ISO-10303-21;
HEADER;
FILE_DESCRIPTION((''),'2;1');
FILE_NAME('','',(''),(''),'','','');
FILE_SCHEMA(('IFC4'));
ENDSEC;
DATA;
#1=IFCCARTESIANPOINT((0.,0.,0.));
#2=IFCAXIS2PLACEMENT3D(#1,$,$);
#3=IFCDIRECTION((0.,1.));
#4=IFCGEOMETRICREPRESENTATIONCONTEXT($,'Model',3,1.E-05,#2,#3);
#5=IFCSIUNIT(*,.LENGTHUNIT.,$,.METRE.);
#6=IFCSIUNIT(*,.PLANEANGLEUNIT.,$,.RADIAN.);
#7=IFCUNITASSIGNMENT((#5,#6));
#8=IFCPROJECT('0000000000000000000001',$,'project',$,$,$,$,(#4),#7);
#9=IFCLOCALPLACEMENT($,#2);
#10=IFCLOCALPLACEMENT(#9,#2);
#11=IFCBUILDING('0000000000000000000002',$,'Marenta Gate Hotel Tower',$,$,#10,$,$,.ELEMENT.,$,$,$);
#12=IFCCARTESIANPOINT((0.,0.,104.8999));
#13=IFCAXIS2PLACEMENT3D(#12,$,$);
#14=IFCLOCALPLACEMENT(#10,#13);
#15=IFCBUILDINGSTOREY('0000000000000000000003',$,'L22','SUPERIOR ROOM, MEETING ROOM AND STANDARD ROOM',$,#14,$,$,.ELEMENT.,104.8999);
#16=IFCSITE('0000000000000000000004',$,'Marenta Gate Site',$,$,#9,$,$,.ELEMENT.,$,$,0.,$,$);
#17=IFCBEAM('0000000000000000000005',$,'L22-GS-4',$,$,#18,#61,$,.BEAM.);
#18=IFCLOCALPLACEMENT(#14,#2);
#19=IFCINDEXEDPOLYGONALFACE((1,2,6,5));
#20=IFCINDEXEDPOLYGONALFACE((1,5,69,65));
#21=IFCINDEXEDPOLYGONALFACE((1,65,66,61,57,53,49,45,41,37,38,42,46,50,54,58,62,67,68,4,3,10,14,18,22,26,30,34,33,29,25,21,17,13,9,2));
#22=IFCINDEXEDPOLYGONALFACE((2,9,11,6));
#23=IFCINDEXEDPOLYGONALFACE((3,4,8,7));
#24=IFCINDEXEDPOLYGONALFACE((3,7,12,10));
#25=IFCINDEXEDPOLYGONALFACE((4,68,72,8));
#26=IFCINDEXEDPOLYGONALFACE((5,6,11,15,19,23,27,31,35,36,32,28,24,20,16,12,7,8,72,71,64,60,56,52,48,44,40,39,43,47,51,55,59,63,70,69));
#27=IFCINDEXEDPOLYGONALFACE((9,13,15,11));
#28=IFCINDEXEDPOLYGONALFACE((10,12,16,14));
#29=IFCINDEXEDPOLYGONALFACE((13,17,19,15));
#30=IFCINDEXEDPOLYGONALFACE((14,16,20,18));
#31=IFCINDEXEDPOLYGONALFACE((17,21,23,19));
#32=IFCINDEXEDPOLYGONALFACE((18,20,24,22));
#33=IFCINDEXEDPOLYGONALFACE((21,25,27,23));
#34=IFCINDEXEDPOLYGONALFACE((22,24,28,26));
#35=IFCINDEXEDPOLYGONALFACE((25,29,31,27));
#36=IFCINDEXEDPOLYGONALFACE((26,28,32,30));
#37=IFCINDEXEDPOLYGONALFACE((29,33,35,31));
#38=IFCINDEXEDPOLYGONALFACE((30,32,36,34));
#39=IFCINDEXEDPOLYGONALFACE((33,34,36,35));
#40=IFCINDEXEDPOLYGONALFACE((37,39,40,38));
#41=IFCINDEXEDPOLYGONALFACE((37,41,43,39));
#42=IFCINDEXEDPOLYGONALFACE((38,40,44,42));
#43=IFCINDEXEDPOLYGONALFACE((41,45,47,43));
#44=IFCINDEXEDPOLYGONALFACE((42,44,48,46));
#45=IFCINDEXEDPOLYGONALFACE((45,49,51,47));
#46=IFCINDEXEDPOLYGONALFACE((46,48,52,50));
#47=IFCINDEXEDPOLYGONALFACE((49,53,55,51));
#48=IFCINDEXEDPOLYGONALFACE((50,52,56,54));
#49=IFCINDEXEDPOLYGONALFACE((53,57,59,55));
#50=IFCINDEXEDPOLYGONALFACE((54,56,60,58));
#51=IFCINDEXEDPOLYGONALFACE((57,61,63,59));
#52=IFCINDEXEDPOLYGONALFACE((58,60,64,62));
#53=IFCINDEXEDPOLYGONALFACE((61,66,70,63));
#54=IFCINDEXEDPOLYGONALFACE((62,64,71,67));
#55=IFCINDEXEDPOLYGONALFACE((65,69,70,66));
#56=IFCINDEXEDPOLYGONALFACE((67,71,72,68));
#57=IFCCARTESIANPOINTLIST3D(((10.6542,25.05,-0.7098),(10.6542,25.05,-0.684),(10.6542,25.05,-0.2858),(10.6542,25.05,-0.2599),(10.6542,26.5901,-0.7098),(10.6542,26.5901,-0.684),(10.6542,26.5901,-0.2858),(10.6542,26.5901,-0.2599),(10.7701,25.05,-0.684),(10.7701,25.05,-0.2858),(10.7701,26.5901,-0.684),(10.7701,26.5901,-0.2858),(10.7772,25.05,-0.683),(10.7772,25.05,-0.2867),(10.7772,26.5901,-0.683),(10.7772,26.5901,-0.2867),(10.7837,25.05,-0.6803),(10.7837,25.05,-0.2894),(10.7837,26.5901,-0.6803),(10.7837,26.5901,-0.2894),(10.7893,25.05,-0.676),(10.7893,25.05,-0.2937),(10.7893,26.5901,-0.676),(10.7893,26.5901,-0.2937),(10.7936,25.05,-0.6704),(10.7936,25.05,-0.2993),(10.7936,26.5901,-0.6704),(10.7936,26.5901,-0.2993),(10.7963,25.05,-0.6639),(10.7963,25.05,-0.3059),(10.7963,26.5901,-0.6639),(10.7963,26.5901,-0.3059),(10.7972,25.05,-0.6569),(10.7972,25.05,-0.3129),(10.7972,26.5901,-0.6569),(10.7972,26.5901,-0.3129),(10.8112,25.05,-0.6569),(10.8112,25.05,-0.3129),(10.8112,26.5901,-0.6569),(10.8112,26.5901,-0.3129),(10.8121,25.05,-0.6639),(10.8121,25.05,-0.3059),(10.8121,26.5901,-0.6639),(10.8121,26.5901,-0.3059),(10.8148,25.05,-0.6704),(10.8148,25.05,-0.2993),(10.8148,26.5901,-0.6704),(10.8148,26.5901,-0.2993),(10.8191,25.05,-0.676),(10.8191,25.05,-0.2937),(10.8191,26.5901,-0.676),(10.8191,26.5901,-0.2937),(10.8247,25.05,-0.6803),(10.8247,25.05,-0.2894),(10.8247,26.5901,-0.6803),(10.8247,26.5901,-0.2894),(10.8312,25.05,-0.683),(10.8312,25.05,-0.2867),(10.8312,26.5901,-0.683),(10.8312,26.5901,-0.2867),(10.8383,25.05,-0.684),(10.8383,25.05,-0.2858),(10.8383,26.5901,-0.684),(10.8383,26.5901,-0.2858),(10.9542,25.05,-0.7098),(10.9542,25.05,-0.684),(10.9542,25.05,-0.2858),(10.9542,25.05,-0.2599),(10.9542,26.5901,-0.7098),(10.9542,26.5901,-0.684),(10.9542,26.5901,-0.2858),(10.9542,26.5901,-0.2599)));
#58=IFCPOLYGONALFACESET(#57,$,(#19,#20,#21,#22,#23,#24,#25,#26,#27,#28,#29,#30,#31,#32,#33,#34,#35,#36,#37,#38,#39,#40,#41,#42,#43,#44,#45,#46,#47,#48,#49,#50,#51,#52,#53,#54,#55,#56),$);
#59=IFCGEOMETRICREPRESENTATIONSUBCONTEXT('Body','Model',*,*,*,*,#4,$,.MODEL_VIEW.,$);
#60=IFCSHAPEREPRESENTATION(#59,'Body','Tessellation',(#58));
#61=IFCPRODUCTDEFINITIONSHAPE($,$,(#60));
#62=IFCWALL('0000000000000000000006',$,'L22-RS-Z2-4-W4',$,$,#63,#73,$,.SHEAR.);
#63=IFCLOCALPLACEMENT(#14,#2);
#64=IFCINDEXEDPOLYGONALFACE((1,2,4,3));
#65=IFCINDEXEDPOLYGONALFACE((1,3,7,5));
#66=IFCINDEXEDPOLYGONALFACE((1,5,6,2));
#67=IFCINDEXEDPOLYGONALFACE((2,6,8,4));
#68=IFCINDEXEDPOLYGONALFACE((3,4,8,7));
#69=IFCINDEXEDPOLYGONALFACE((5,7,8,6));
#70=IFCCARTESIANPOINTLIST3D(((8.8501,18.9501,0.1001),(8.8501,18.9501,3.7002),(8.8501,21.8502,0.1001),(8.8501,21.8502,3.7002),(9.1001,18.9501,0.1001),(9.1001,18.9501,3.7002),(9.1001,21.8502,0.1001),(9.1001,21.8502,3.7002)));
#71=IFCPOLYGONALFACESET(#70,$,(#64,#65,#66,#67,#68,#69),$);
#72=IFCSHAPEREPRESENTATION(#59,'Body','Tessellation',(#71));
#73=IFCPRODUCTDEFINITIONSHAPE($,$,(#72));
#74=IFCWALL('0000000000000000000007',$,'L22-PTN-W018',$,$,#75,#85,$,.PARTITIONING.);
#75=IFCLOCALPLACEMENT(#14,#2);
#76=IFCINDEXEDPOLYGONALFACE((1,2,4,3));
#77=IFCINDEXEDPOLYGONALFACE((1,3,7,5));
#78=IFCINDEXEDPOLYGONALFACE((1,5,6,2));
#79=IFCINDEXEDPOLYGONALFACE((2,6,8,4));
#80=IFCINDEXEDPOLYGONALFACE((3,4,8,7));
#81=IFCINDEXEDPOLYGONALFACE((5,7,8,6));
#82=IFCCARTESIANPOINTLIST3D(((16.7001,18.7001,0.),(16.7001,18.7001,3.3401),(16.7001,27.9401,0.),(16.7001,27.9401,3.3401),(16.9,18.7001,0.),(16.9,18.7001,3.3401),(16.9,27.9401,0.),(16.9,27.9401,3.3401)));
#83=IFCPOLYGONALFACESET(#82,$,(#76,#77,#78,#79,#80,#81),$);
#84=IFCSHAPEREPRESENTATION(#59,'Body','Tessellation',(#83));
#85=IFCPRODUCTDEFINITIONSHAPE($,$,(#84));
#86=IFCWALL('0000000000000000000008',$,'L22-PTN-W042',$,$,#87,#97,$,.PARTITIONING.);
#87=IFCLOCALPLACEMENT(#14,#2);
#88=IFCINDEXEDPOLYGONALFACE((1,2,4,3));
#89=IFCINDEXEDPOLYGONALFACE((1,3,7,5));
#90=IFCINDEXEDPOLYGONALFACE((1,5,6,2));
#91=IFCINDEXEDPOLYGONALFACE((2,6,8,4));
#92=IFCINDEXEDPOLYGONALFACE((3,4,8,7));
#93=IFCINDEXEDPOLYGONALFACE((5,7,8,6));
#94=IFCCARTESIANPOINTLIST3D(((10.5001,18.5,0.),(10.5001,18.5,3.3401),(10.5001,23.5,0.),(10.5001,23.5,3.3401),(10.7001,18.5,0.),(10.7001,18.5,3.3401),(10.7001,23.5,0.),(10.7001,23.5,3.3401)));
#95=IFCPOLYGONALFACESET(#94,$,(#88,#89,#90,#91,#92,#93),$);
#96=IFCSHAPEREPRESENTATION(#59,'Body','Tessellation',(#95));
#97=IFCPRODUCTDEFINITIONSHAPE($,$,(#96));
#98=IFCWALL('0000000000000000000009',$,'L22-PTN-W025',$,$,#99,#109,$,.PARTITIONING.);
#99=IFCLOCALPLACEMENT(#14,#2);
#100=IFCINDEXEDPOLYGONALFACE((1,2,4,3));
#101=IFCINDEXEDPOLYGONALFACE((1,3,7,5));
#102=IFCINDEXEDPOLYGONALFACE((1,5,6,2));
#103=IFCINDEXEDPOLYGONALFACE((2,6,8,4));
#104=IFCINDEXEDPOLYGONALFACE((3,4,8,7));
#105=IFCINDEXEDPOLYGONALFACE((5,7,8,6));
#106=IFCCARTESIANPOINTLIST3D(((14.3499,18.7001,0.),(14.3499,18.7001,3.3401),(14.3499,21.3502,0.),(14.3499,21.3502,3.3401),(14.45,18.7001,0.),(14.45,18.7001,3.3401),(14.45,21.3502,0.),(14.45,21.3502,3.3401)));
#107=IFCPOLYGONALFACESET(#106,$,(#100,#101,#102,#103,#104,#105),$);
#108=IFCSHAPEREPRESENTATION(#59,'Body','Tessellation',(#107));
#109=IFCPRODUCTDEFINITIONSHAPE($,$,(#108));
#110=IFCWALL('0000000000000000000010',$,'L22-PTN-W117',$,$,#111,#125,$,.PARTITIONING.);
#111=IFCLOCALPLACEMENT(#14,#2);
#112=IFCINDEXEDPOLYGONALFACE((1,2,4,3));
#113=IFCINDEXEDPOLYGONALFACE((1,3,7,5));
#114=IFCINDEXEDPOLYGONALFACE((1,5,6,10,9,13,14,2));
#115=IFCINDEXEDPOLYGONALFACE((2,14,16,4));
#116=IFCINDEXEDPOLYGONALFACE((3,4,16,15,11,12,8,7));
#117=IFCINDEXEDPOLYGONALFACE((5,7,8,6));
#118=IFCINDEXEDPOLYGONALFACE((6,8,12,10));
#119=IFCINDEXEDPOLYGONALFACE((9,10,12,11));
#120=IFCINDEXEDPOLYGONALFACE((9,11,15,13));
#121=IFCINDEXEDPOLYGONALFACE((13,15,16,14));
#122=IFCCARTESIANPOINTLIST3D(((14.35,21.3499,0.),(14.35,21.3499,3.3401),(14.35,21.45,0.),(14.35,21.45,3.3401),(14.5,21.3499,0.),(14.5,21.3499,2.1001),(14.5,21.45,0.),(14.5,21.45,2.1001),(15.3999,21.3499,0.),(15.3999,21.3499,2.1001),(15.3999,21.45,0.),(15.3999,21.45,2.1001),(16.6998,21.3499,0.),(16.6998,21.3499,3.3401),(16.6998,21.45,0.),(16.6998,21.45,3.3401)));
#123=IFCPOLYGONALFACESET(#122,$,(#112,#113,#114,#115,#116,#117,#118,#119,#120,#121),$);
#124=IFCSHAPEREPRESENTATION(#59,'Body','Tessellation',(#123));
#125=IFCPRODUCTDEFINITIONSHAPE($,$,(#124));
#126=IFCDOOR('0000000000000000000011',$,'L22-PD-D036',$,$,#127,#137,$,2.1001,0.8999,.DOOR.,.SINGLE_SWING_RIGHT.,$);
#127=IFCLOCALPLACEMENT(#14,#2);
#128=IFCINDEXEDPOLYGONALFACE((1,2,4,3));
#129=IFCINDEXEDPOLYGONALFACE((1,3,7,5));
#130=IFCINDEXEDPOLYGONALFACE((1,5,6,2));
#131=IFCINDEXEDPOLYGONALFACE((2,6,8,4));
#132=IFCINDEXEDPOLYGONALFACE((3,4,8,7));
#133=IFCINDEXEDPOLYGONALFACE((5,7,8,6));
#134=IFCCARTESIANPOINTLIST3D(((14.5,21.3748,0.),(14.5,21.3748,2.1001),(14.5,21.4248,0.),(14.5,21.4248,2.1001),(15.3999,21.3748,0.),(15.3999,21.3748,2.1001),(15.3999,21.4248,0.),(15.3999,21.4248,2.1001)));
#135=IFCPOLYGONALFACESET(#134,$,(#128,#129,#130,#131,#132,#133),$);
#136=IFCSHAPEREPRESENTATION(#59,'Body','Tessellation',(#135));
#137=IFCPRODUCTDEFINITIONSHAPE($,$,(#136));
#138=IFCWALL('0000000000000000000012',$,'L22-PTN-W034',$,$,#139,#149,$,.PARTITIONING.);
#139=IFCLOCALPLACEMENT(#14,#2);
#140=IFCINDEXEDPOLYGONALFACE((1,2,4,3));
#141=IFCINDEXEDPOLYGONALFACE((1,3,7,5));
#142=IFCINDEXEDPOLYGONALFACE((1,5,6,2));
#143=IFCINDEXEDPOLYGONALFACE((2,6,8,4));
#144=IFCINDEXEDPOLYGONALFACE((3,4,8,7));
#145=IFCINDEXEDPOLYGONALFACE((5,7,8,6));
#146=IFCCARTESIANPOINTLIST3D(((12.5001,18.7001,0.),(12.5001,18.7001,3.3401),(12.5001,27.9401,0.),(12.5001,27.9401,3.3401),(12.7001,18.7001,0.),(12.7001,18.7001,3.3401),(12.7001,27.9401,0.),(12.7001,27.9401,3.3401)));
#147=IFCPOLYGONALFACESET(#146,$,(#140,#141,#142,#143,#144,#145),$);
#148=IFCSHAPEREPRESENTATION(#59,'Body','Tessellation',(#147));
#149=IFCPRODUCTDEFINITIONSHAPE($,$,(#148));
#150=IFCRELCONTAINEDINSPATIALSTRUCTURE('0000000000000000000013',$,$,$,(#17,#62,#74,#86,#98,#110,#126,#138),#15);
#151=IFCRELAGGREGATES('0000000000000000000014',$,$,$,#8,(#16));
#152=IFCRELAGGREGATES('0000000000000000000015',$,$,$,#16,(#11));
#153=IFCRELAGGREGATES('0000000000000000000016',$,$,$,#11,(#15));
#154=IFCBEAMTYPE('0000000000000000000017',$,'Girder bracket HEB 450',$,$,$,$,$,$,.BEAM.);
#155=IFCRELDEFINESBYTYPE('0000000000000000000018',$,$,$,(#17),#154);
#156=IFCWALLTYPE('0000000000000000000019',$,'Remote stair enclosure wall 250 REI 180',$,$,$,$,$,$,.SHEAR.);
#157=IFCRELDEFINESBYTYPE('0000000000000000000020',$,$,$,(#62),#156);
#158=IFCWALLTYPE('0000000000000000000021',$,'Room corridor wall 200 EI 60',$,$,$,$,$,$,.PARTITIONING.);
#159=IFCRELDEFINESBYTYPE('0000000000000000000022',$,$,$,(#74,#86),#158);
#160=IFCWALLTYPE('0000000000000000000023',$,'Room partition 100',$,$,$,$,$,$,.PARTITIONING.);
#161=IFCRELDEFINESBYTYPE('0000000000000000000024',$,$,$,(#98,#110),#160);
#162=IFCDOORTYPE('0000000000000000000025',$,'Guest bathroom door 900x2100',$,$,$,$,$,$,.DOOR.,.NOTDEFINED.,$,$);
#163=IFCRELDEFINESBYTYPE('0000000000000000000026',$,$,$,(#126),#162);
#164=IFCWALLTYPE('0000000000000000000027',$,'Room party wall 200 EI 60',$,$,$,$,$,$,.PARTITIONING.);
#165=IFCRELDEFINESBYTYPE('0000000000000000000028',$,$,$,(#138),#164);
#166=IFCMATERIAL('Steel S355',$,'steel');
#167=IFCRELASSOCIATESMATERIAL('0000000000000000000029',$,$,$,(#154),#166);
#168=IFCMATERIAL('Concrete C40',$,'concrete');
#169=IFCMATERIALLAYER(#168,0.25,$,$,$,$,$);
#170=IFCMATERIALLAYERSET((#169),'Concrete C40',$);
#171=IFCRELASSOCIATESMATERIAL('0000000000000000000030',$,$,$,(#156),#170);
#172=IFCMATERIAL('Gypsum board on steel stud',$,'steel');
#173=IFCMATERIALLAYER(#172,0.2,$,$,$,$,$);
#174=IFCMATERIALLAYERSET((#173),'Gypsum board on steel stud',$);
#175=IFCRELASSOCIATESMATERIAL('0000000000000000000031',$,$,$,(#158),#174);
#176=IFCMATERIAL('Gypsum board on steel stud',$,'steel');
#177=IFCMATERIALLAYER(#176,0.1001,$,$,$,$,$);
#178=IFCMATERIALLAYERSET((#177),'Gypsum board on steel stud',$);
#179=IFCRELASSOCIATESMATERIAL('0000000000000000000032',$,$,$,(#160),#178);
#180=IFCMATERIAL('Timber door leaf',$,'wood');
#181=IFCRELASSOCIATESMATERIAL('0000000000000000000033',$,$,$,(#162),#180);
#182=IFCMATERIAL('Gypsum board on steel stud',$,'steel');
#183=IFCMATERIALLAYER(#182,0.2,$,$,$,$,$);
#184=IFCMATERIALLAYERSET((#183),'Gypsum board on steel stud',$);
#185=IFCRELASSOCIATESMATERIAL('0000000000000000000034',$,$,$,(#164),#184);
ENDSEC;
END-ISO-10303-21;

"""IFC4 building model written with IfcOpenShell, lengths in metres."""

from ifc_helpers import new_model, si_unit, direction, frame, frame_2d, origin, origin_2d, place, context, subcontext, project, spatial, rectangle, i_section, extrude, material, layer, layer_set, material_profile, profile_set, type_object, element, fill, save


model = new_model("IFC4")

# Units and contexts
model_context = context("Model", 3, precision=1e-05, world=origin(), true_north=direction((0.0, 1.0)))
body_context = subcontext(model_context, "Body", "Model", "MODEL_VIEW")
ifc_project = project(units=[si_unit("LENGTHUNIT", "METRE"), si_unit("PLANEANGLEUNIT", "RADIAN")], contexts=[model_context])

# Site, building, storey
site_placement = place(None, origin())
site = spatial("IfcSite", under=ifc_project, at=site_placement, Name="Marenta Gate Site", CompositionType="ELEMENT", RefElevation=0.0)
building_placement = place(site_placement, origin())
building = spatial("IfcBuilding", under=site, at=building_placement, Name="Marenta Gate Hotel Tower", CompositionType="ELEMENT")
storey_placement = place(building_placement, frame((0.0, 0.0, 104.8999)))
storey = spatial("IfcBuildingStorey", under=building, at=storey_placement, Name="L22", Description="SUPERIOR ROOM, MEETING ROOM AND STANDARD ROOM", CompositionType="ELEMENT", Elevation=104.8999)

# Beam
ifc_material_1 = material(Name="Steel S355", Category="steel")
ifc_material_profile_1 = material_profile(ifc_material_1, i_section(OverallWidth=0.3, OverallDepth=0.45, WebThickness=0.0139, FlangeThickness=0.0259, FilletRadius=0.0271, at=origin_2d()), Name="HEB 450")
ifc_profile_set_1 = profile_set([ifc_material_profile_1], Name="Steel S355")
beam_type_1 = type_object("IfcBeamType", Name="Girder bracket HEB 450", PredefinedType="BEAM", material=ifc_profile_set_1)
beam_1_placement = place(storey_placement, frame((10.8042, 25.05, -0.4849), z_axis=(0.0, 1.0, 0.0), x_axis=(-1.0, 0.0, 0.0)))
element("IfcBeam", 1, at=beam_1_placement, inside=storey, type_object=beam_type_1, Name="L22-GS-4", PredefinedType="BEAM", context=body_context, shape_type="SweptSolid", body=[
    extrude(i_section(OverallWidth=0.3, OverallDepth=0.45, WebThickness=0.0139, FlangeThickness=0.0259, FilletRadius=0.0271, at=origin_2d()), origin(), (0.0, 0.0, 1.0), 1.54),
])

# Walls
ifc_material_2 = material(Name="Concrete C40", Category="concrete")
ifc_layer_1 = layer(ifc_material_2, 0.25)
ifc_layer_set_1 = layer_set([ifc_layer_1], Name="Concrete C40")
wall_type_1 = type_object("IfcWallType", Name="Remote stair enclosure wall 250 REI 180", PredefinedType="SHEAR", material=ifc_layer_set_1)
wall_1_placement = place(storey_placement, frame((8.9751, 18.95, 0.1001), z_axis=(0.0, 0.0, 1.0), x_axis=(0.0, 1.0, 0.0)))
element("IfcWall", 2, at=wall_1_placement, inside=storey, type_object=wall_type_1, Name="L22-RS-Z2-4-W4", PredefinedType="SHEAR", context=body_context, shape_type="SweptSolid", body=[
    extrude(rectangle(XDim=2.9001, YDim=0.25, at=frame_2d((1.4502, 0.0))), origin(), (0.0, 0.0, 1.0), 3.6001),
])
ifc_material_3 = material(Name="Gypsum board on steel stud", Category="steel")
ifc_layer_2 = layer(ifc_material_3, 0.2)
ifc_layer_set_2 = layer_set([ifc_layer_2], Name="Gypsum board on steel stud")
wall_type_2 = type_object("IfcWallType", Name="Room corridor wall 200 EI 60", PredefinedType="PARTITIONING", material=ifc_layer_set_2)
wall_2_placement = place(storey_placement, frame((16.8, 18.7, 0.0), z_axis=(0.0, 0.0, 1.0), x_axis=(0.0, 1.0, 0.0)))
element("IfcWall", 3, at=wall_2_placement, inside=storey, type_object=wall_type_2, Name="L22-PTN-W018", PredefinedType="PARTITIONING", context=body_context, shape_type="SweptSolid", body=[
    extrude(rectangle(XDim=9.24, YDim=0.2, at=frame_2d((4.6201, 0.0))), origin(), (0.0, 0.0, 1.0), 3.3401),
])
wall_3_placement = place(storey_placement, frame((10.6001, 18.5, 0.0), z_axis=(0.0, 0.0, 1.0), x_axis=(0.0, 1.0, 0.0)))
element("IfcWall", 4, at=wall_3_placement, inside=storey, type_object=wall_type_2, Name="L22-PTN-W042", PredefinedType="PARTITIONING", context=body_context, shape_type="SweptSolid", body=[
    extrude(rectangle(XDim=5.0, YDim=0.2, at=frame_2d((2.5, 0.0))), origin(), (0.0, 0.0, 1.0), 3.3401),
])

# Wall
ifc_material_4 = material(Name="Gypsum board on steel stud", Category="steel")
ifc_layer_3 = layer(ifc_material_4, 0.1001)
ifc_layer_set_3 = layer_set([ifc_layer_3], Name="Gypsum board on steel stud")
wall_type_3 = type_object("IfcWallType", Name="Room partition 100", PredefinedType="PARTITIONING", material=ifc_layer_set_3)
wall_4_placement = place(storey_placement, frame((14.3999, 18.7, 0.0), z_axis=(0.0, 0.0, 1.0), x_axis=(0.0, 1.0, 0.0)))
element("IfcWall", 5, at=wall_4_placement, inside=storey, type_object=wall_type_3, Name="L22-PTN-W025", PredefinedType="PARTITIONING", context=body_context, shape_type="SweptSolid", body=[
    extrude(rectangle(XDim=2.6501, YDim=0.1001, at=frame_2d((1.3252, 0.0))), origin(), (0.0, 0.0, 1.0), 3.3401),
])

# Wall, opening, door
wall_5_placement = place(storey_placement, frame((14.3501, 21.3999, 0.0), z_axis=(0.0, 0.0, 1.0), x_axis=(1.0, 0.0, 0.0)))
wall_5 = element("IfcWall", 6, at=wall_5_placement, inside=storey, type_object=wall_type_3, Name="L22-PTN-W117", PredefinedType="PARTITIONING", context=body_context, shape_type="SweptSolid", body=[
    extrude(rectangle(XDim=2.3499, YDim=0.1001, at=frame_2d((1.1748, 0.0))), origin(), (0.0, 0.0, 1.0), 3.3401),
])
opening_1_placement = place(wall_5_placement, frame((0.1499, 0.0, 0.0)))
opening_1 = element("IfcOpeningElement", 7, at=opening_1_placement, cuts=wall_5, PredefinedType="OPENING", context=body_context, shape_type="SweptSolid", body=[
    extrude(rectangle(XDim=0.8999, YDim=2.1001, at=frame_2d((0.45, 1.05))), frame((0.0, 0.05, 0.0), z_axis=(0.0, -1.0, 0.0), x_axis=(1.0, 0.0, 0.0)), (0.0, 0.0, 1.0), 0.1001),
])
ifc_material_5 = material(Name="Timber door leaf", Category="wood")
door_type_1 = type_object("IfcDoorType", Name="Guest bathroom door 900x2100", OperationType="NOTDEFINED", PredefinedType="DOOR", material=ifc_material_5)
door_1_placement = place(opening_1_placement, origin())
door_1 = element("IfcDoor", 8, at=door_1_placement, inside=storey, type_object=door_type_1, Name="L22-PD-D036", OperationType="SINGLE_SWING_RIGHT", OverallHeight=2.1001, OverallWidth=0.8999, PredefinedType="DOOR", context=body_context, shape_type="SweptSolid", body=[
    extrude(rectangle(XDim=0.8999, YDim=2.1001, at=frame_2d((0.45, 1.05))), frame((0.0, 0.0249, 0.0), z_axis=(0.0, -1.0, 0.0), x_axis=(1.0, 0.0, 0.0)), (0.0, 0.0, 1.0), 0.05),
])
fill(opening_1, door_1)

# Wall
ifc_material_6 = material(Name="Gypsum board on steel stud", Category="steel")
ifc_layer_4 = layer(ifc_material_6, 0.2)
ifc_layer_set_4 = layer_set([ifc_layer_4], Name="Gypsum board on steel stud")
wall_type_4 = type_object("IfcWallType", Name="Room party wall 200 EI 60", PredefinedType="PARTITIONING", material=ifc_layer_set_4)
wall_6_placement = place(storey_placement, frame((12.6001, 18.7, 0.0), z_axis=(0.0, 0.0, 1.0), x_axis=(0.0, 1.0, 0.0)))
element("IfcWall", 9, at=wall_6_placement, inside=storey, type_object=wall_type_4, Name="L22-PTN-W034", PredefinedType="PARTITIONING", context=body_context, shape_type="SweptSolid", body=[
    extrude(rectangle(XDim=9.24, YDim=0.2, at=frame_2d((4.6201, 0.0))), origin(), (0.0, 0.0, 1.0), 3.3401),
])

save(model, "model.ifc")
